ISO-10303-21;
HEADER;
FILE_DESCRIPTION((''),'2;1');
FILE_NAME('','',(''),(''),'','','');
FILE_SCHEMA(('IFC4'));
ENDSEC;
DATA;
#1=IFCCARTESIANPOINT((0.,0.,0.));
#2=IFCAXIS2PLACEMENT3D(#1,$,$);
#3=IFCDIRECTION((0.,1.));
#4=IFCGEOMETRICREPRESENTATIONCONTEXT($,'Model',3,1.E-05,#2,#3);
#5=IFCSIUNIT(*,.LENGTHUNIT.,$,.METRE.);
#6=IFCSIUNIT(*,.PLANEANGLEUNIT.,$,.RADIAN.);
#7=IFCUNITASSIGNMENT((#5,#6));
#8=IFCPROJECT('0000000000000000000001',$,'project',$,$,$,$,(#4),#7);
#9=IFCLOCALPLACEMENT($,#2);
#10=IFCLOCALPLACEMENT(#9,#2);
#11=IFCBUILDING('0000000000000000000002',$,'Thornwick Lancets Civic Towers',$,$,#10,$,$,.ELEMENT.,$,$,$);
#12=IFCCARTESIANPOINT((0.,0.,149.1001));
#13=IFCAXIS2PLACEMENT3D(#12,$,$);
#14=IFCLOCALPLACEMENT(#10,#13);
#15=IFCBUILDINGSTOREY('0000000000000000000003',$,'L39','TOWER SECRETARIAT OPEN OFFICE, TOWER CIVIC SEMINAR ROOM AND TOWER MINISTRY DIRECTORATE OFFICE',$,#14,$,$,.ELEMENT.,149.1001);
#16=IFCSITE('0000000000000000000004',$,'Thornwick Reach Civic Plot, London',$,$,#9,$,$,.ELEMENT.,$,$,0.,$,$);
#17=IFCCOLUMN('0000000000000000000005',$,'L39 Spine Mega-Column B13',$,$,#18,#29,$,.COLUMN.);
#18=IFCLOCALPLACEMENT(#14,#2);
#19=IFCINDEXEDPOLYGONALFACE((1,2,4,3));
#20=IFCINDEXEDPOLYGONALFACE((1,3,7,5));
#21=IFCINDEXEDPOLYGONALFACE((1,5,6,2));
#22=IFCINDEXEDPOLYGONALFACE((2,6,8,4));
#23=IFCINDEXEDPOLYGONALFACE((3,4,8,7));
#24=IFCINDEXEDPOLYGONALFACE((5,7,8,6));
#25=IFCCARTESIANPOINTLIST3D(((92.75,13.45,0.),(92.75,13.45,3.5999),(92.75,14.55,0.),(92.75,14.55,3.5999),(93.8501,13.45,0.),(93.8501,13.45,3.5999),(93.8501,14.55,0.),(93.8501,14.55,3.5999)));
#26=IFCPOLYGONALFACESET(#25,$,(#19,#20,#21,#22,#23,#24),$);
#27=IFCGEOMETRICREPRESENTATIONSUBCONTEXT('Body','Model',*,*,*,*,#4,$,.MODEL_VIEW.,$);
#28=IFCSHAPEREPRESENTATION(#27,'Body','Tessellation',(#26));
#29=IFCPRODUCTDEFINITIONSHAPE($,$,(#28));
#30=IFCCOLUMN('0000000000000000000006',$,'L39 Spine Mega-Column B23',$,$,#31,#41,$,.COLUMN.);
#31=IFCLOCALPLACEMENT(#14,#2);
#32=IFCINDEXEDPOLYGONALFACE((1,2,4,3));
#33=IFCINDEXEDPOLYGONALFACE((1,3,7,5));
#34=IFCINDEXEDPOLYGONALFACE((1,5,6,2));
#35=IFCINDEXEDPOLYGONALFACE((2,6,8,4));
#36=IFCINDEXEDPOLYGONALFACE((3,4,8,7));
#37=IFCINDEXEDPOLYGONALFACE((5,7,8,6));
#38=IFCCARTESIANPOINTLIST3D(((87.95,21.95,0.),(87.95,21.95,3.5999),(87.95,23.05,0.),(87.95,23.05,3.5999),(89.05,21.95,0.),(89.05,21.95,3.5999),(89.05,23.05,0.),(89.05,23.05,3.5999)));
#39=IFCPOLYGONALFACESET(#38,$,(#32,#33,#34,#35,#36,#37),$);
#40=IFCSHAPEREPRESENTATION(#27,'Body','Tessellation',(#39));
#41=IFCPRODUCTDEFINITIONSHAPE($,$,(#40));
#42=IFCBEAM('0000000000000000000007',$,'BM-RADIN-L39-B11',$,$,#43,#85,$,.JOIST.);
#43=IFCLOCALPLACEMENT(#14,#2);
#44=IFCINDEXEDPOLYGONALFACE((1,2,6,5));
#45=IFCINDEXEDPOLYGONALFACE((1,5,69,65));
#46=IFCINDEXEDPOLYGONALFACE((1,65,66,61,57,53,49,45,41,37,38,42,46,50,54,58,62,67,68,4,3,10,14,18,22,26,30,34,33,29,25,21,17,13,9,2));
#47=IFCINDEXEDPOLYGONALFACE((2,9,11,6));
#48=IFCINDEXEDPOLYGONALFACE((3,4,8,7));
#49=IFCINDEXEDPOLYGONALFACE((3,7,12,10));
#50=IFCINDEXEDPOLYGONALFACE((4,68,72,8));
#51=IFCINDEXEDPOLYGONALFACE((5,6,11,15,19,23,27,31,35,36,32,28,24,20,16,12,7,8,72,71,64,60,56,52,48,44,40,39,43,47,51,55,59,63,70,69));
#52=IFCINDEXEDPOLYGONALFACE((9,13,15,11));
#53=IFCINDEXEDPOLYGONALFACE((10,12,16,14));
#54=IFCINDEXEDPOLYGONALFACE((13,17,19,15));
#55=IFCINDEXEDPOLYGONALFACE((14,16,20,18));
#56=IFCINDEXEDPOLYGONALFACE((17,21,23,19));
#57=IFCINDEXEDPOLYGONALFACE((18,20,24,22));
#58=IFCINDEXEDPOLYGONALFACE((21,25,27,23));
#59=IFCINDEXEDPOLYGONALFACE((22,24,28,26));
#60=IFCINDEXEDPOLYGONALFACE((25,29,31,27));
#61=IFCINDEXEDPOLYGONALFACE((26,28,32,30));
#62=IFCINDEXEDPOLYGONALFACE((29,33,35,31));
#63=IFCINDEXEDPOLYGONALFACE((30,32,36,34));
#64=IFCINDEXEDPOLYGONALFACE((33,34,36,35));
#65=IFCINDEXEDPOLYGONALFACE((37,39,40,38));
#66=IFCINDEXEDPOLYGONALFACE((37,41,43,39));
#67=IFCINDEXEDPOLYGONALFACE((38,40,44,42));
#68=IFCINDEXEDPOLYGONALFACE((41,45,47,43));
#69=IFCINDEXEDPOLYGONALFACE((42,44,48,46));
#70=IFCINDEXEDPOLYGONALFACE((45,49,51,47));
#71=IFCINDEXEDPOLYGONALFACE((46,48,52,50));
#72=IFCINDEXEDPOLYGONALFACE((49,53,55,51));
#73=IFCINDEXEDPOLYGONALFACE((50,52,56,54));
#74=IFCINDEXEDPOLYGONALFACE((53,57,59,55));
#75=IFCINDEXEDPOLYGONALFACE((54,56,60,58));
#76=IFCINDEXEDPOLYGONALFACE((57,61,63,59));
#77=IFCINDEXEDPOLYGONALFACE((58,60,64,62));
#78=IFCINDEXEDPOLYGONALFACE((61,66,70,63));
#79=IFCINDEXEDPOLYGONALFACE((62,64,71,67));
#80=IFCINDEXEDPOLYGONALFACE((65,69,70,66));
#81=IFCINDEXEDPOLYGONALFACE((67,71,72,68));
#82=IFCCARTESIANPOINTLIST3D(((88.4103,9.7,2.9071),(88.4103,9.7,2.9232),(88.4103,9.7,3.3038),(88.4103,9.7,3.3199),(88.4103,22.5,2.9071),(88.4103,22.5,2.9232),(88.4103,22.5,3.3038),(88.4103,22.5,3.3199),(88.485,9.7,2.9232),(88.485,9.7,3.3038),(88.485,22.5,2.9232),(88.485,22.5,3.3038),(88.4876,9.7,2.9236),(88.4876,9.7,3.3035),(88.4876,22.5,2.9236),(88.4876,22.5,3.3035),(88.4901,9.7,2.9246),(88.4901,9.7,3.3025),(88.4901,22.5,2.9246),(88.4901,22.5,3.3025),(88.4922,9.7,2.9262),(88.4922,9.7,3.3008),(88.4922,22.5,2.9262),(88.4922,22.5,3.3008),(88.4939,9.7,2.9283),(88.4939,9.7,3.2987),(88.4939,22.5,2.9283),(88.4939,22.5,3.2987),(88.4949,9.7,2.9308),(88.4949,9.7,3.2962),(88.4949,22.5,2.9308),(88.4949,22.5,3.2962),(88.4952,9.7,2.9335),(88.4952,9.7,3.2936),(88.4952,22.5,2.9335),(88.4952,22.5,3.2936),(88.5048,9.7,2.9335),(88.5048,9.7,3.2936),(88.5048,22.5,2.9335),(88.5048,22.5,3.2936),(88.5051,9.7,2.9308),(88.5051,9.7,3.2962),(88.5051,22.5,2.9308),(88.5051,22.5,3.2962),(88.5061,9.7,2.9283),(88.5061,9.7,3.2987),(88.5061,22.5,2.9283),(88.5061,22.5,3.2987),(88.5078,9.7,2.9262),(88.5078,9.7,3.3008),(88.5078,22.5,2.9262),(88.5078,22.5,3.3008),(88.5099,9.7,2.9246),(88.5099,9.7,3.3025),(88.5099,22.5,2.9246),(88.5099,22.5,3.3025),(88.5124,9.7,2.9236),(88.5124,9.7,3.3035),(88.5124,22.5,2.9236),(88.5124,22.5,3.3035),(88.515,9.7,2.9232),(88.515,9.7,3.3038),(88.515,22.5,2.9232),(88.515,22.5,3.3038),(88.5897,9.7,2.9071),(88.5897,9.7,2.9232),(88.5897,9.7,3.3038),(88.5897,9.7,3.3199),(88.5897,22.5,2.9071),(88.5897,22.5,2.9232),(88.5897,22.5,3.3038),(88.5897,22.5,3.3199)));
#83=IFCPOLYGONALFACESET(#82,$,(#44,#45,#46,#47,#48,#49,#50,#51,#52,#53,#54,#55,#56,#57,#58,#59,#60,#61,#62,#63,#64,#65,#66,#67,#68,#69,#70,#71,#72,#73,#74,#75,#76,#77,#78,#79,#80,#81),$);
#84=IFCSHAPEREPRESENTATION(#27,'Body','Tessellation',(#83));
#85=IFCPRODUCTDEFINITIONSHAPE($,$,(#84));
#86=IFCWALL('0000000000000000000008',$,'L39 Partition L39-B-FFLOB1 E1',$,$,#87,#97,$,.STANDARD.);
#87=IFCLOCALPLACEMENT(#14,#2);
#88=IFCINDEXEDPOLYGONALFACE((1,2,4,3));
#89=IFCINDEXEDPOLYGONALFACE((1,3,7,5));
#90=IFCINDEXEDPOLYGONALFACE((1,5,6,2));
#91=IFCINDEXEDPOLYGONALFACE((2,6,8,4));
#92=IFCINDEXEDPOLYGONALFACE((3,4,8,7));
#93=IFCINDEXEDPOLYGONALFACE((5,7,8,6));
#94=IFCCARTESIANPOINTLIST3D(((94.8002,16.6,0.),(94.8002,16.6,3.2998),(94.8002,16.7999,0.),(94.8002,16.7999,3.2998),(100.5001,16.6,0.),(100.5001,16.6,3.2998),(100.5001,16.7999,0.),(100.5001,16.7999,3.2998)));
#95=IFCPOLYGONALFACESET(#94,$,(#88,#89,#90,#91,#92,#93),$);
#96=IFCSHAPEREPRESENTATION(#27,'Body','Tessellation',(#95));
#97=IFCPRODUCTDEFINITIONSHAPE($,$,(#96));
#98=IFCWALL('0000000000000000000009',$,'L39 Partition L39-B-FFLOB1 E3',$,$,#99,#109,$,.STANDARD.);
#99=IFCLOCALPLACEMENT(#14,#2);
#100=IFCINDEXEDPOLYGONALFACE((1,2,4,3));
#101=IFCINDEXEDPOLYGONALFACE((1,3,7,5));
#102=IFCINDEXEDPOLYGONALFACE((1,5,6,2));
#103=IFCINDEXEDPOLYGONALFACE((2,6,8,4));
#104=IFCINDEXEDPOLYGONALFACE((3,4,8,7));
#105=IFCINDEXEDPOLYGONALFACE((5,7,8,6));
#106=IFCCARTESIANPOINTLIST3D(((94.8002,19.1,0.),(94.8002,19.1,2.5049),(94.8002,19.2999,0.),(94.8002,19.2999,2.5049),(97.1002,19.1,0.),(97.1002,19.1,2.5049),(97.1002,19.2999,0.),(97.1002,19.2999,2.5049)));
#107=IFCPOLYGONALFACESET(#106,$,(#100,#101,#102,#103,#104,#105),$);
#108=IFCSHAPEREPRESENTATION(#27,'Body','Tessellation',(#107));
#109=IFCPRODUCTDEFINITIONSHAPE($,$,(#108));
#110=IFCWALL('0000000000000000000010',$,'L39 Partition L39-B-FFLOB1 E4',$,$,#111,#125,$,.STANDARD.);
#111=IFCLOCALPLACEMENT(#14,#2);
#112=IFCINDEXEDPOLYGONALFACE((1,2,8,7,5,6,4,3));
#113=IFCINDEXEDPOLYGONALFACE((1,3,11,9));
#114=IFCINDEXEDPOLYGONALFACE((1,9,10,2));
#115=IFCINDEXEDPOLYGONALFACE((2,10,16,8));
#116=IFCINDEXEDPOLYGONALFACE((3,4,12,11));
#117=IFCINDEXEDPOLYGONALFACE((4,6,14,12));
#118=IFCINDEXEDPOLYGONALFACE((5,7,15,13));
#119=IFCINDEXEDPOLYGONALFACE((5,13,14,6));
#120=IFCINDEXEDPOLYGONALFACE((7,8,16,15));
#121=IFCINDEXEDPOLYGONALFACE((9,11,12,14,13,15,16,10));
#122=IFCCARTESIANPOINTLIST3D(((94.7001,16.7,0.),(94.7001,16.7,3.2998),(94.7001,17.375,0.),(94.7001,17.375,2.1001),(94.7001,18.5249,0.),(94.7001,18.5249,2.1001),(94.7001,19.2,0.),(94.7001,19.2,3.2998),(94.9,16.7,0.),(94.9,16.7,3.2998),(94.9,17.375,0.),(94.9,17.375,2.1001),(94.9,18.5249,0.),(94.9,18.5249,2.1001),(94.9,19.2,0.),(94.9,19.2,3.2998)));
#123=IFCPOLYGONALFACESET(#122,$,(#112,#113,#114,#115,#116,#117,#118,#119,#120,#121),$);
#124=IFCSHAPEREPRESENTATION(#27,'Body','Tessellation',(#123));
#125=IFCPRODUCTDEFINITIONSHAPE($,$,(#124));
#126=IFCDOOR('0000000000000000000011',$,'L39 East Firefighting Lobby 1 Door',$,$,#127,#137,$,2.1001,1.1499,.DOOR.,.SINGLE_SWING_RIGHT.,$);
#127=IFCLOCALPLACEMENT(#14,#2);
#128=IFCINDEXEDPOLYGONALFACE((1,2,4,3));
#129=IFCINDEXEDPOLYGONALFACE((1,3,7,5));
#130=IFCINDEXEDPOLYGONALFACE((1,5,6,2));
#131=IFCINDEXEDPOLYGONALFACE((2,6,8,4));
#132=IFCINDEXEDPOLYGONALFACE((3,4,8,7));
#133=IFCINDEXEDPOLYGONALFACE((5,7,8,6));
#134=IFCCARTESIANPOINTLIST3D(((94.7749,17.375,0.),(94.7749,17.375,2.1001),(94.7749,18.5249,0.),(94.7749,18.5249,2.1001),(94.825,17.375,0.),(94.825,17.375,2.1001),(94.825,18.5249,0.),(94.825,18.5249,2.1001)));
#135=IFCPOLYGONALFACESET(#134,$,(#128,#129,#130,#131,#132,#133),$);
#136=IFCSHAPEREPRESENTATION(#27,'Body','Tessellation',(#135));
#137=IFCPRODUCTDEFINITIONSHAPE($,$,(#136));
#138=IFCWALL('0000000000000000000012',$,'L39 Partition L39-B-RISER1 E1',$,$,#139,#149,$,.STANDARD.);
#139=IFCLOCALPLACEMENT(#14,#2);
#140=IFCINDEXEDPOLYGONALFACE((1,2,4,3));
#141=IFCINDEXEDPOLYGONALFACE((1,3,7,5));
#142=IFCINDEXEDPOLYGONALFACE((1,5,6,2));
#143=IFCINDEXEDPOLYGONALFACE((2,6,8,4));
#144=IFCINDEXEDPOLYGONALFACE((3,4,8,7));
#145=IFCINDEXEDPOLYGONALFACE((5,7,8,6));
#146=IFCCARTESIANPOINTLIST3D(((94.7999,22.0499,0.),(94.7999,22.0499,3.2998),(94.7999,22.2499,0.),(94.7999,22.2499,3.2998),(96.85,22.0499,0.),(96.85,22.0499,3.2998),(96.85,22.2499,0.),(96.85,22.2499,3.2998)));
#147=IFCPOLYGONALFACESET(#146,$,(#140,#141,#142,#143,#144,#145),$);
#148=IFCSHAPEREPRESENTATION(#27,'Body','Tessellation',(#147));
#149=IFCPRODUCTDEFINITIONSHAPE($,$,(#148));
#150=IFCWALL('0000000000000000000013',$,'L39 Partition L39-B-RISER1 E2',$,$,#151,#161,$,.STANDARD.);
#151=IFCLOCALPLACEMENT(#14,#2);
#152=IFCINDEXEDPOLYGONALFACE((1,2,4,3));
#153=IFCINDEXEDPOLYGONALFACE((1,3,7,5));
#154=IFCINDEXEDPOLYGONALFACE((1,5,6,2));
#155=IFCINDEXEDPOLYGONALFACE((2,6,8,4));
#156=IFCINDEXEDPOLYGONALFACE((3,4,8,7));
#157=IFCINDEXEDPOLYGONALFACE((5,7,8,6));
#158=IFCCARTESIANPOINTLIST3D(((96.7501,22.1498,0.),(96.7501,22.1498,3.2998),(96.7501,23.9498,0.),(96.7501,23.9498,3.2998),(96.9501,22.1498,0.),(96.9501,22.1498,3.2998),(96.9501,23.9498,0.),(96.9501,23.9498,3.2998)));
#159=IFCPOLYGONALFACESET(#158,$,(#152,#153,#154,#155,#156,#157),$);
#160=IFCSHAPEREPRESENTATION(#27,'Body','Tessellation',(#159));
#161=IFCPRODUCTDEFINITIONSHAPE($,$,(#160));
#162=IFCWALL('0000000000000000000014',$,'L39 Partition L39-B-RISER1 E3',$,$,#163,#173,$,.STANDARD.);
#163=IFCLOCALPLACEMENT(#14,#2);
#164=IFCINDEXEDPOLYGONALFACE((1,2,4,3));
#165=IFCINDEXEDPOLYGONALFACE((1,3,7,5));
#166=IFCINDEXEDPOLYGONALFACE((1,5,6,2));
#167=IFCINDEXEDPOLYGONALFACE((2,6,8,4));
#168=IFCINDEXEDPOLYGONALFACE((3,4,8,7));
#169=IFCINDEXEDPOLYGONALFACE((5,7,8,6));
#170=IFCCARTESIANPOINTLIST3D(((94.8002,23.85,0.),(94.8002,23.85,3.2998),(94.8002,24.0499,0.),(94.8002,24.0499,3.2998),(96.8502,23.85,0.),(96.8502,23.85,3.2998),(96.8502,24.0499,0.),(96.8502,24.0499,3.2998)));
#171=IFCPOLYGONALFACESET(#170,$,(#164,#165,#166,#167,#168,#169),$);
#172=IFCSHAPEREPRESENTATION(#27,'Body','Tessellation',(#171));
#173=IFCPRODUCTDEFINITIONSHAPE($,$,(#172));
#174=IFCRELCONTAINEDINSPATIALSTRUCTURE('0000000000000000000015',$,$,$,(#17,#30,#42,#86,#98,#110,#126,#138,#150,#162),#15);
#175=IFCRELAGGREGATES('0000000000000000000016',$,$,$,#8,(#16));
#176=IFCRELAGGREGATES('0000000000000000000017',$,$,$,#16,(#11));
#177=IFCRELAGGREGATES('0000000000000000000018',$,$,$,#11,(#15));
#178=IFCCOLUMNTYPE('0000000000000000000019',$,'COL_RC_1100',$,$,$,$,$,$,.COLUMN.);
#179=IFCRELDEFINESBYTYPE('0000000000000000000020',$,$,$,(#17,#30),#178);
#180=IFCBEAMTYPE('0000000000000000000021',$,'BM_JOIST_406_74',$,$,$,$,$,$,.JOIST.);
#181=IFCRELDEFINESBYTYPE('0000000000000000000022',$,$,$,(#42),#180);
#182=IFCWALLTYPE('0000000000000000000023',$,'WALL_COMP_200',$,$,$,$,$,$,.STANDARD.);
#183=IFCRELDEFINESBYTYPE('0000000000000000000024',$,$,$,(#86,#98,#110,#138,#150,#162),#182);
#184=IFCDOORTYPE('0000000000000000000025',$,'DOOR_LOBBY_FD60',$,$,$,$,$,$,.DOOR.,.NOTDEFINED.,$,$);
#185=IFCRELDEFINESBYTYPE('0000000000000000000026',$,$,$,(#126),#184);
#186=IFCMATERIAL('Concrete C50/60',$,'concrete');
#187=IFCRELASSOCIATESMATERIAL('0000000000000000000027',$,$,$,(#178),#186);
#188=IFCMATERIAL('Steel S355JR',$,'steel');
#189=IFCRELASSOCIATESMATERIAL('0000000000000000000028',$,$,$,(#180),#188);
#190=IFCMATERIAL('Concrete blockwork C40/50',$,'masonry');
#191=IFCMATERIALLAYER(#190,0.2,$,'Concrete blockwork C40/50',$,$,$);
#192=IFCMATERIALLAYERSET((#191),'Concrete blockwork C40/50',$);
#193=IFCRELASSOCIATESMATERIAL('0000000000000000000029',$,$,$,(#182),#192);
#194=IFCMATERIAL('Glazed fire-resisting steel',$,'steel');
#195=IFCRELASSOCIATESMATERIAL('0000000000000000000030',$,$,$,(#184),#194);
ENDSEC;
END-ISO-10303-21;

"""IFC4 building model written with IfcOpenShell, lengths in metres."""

from ifc_helpers import new_model, si_unit, direction, frame, frame_2d, origin, origin_2d, place, context, subcontext, project, spatial, rectangle, i_section, extrude, material, layer, layer_set, material_profile, profile_set, type_object, element, fill, save


model = new_model("IFC4")

# Units and contexts
model_context = context("Model", 3, precision=1e-05, world=origin(), true_north=direction((0.0, 1.0)))
body_context = subcontext(model_context, "Body", "Model", "MODEL_VIEW")
ifc_project = project(units=[si_unit("LENGTHUNIT", "METRE"), si_unit("PLANEANGLEUNIT", "RADIAN")], contexts=[model_context])

# Site, building, storey
site_placement = place(None, origin())
site = spatial("IfcSite", under=ifc_project, at=site_placement, Name="Thornwick Reach Civic Plot, London", CompositionType="ELEMENT", RefElevation=0.0)
building_placement = place(site_placement, origin())
building = spatial("IfcBuilding", under=site, at=building_placement, Name="Thornwick Lancets Civic Towers", CompositionType="ELEMENT")
storey_placement = place(building_placement, frame((0.0, 0.0, 149.1001)))
storey = spatial("IfcBuildingStorey", under=building, at=storey_placement, Name="L39", Description="TOWER SECRETARIAT OPEN OFFICE, TOWER CIVIC SEMINAR ROOM AND TOWER MINISTRY DIRECTORATE OFFICE", CompositionType="ELEMENT", Elevation=149.1001)

# Columns
ifc_material_1 = material(Name="Concrete C50/60", Category="concrete")
ifc_material_profile_1 = material_profile(ifc_material_1, rectangle(XDim=1.1001, YDim=1.1001, at=origin_2d()), Name="RC 1100x1100")
ifc_profile_set_1 = profile_set([ifc_material_profile_1], Name="Concrete C50/60")
column_type = type_object("IfcColumnType", Name="COL_RC_1100", PredefinedType="COLUMN", material=ifc_profile_set_1)
for number, where, z_axis, x_axis, name in (
    (1, (93.3, 14.0, 0.0), (0.0, 0.0, 1.0), (1.0, 0.0, 0.0), "L39 Spine Mega-Column B13"),
    (2, (88.5, 22.5, 0.0), (0.0, 0.0, 1.0), (1.0, 0.0, 0.0), "L39 Spine Mega-Column B23"),
):
    element("IfcColumn", number, at=place(storey_placement, frame(where, z_axis=z_axis, x_axis=x_axis)), inside=storey, type_object=column_type, Name=name, PredefinedType="COLUMN", context=body_context, shape_type="SweptSolid", body=[
        extrude(rectangle(XDim=1.1001, YDim=1.1001, at=origin_2d()), origin(), (0.0, 0.0, 1.0), 3.5999),
    ])

# Beam
ifc_material_2 = material(Name="Steel S355JR", Category="steel")
ifc_material_profile_2 = material_profile(ifc_material_2, i_section(OverallWidth=0.1794, OverallDepth=0.4128, WebThickness=0.0095, FlangeThickness=0.0161, FilletRadius=0.0103, at=origin_2d()), Name="UKB 406x178x74")
ifc_profile_set_2 = profile_set([ifc_material_profile_2], Name="Steel S355JR")
beam_type = type_object("IfcBeamType", Name="BM_JOIST_406_74", PredefinedType="JOIST", material=ifc_profile_set_2)
beam_placement = place(storey_placement, frame((88.5, 22.5, 3.1135), z_axis=(0.0, -1.0, 0.0), x_axis=(1.0, 0.0, 0.0)))
element("IfcBeam", 3, at=beam_placement, inside=storey, type_object=beam_type, Name="BM-RADIN-L39-B11", PredefinedType="JOIST", context=body_context, shape_type="SweptSolid", body=[
    extrude(i_section(OverallWidth=0.1794, OverallDepth=0.4128, WebThickness=0.0095, FlangeThickness=0.0161, FilletRadius=0.0103, at=origin_2d()), origin(), (0.0, 0.0, 1.0), 12.8),
])

# Walls
ifc_material_3 = material(Name="Concrete blockwork C40/50", Category="masonry")
ifc_layer_1 = layer(ifc_material_3, 0.2, Name="Concrete blockwork C40/50")
ifc_layer_set_1 = layer_set([ifc_layer_1], Name="Concrete blockwork C40/50")
wall_type_1 = type_object("IfcWallType", Name="WALL_COMP_200", PredefinedType="STANDARD", material=ifc_layer_set_1)
wall_1_placement = place(storey_placement, frame((94.8, 16.7, 0.0), z_axis=(0.0, 0.0, 1.0), x_axis=(1.0, 0.0, 0.0)))
element("IfcWall", 4, at=wall_1_placement, inside=storey, type_object=wall_type_1, Name="L39 Partition L39-B-FFLOB1 E1", PredefinedType="STANDARD", context=body_context, shape_type="SweptSolid", body=[
    extrude(rectangle(XDim=5.7, YDim=0.2, at=frame_2d((2.8501, 0.0))), origin(), (0.0, 0.0, 1.0), 3.2998),
])
wall_2_placement = place(storey_placement, frame((97.1001, 19.2, 0.0), z_axis=(0.0, 0.0, 1.0), x_axis=(-1.0, 0.0, 0.0)))
element("IfcWall", 5, at=wall_2_placement, inside=storey, type_object=wall_type_1, Name="L39 Partition L39-B-FFLOB1 E3", PredefinedType="STANDARD", context=body_context, shape_type="SweptSolid", body=[
    extrude(rectangle(XDim=2.3, YDim=0.2, at=frame_2d((1.1499, 0.0))), origin(), (0.0, 0.0, 1.0), 2.5049),
])

# Wall, opening, door
wall_3_placement = place(storey_placement, frame((94.8, 19.2, 0.0), z_axis=(0.0, 0.0, 1.0), x_axis=(0.0, -1.0, 0.0)))
wall_3 = element("IfcWall", 6, at=wall_3_placement, inside=storey, type_object=wall_type_1, Name="L39 Partition L39-B-FFLOB1 E4", PredefinedType="STANDARD", context=body_context, shape_type="SweptSolid", body=[
    extrude(rectangle(XDim=2.5, YDim=0.2, at=frame_2d((1.25, 0.0))), origin(), (0.0, 0.0, 1.0), 3.2998),
])
opening_1_placement = place(wall_3_placement, frame((0.675, 0.0, 0.0)))
opening_1 = element("IfcOpeningElement", 7, at=opening_1_placement, cuts=wall_3, PredefinedType="OPENING", context=body_context, shape_type="SweptSolid", body=[
    extrude(rectangle(XDim=1.1499, YDim=2.1001, at=frame_2d((0.575, 1.05))), frame((0.0, 0.1099, 0.0), z_axis=(0.0, -1.0, 0.0), x_axis=(1.0, 0.0, 0.0)), (0.0, 0.0, 1.0), 0.22),
])
ifc_material_4 = material(Name="Glazed fire-resisting steel", Category="steel")
door_type_1 = type_object("IfcDoorType", Name="DOOR_LOBBY_FD60", OperationType="NOTDEFINED", PredefinedType="DOOR", material=ifc_material_4)
door_1_placement = place(opening_1_placement, origin())
door_1 = element("IfcDoor", 8, at=door_1_placement, inside=storey, type_object=door_type_1, Name="L39 East Firefighting Lobby 1 Door", OperationType="SINGLE_SWING_RIGHT", OverallHeight=2.1001, OverallWidth=1.1499, PredefinedType="DOOR", context=body_context, shape_type="SweptSolid", body=[
    extrude(rectangle(XDim=1.1499, YDim=2.1001, at=frame_2d((0.575, 1.05))), frame((0.0, 0.0249, 0.0), z_axis=(0.0, -1.0, 0.0), x_axis=(1.0, 0.0, 0.0)), (0.0, 0.0, 1.0), 0.05),
])
fill(opening_1, door_1)

# Walls
wall_4_placement = place(storey_placement, frame((94.8, 22.1499, 0.0), z_axis=(0.0, 0.0, 1.0), x_axis=(1.0, 0.0, 0.0)))
element("IfcWall", 9, at=wall_4_placement, inside=storey, type_object=wall_type_1, Name="L39 Partition L39-B-RISER1 E1", PredefinedType="STANDARD", context=body_context, shape_type="SweptSolid", body=[
    extrude(rectangle(XDim=2.05, YDim=0.2, at=frame_2d((1.0249, 0.0))), origin(), (0.0, 0.0, 1.0), 3.2998),
])
wall_5_placement = place(storey_placement, frame((96.8501, 22.1499, 0.0), z_axis=(0.0, 0.0, 1.0), x_axis=(0.0, 1.0, 0.0)))
element("IfcWall", 10, at=wall_5_placement, inside=storey, type_object=wall_type_1, Name="L39 Partition L39-B-RISER1 E2", PredefinedType="STANDARD", context=body_context, shape_type="SweptSolid", body=[
    extrude(rectangle(XDim=1.8, YDim=0.2, at=frame_2d((0.8999, 0.0))), origin(), (0.0, 0.0, 1.0), 3.2998),
])
wall_6_placement = place(storey_placement, frame((96.8501, 23.95, 0.0), z_axis=(0.0, 0.0, 1.0), x_axis=(-1.0, 0.0, 0.0)))
element("IfcWall", 11, at=wall_6_placement, inside=storey, type_object=wall_type_1, Name="L39 Partition L39-B-RISER1 E3", PredefinedType="STANDARD", context=body_context, shape_type="SweptSolid", body=[
    extrude(rectangle(XDim=2.05, YDim=0.2, at=frame_2d((1.0249, 0.0))), origin(), (0.0, 0.0, 1.0), 3.2998),
])

save(model, "model.ifc")
